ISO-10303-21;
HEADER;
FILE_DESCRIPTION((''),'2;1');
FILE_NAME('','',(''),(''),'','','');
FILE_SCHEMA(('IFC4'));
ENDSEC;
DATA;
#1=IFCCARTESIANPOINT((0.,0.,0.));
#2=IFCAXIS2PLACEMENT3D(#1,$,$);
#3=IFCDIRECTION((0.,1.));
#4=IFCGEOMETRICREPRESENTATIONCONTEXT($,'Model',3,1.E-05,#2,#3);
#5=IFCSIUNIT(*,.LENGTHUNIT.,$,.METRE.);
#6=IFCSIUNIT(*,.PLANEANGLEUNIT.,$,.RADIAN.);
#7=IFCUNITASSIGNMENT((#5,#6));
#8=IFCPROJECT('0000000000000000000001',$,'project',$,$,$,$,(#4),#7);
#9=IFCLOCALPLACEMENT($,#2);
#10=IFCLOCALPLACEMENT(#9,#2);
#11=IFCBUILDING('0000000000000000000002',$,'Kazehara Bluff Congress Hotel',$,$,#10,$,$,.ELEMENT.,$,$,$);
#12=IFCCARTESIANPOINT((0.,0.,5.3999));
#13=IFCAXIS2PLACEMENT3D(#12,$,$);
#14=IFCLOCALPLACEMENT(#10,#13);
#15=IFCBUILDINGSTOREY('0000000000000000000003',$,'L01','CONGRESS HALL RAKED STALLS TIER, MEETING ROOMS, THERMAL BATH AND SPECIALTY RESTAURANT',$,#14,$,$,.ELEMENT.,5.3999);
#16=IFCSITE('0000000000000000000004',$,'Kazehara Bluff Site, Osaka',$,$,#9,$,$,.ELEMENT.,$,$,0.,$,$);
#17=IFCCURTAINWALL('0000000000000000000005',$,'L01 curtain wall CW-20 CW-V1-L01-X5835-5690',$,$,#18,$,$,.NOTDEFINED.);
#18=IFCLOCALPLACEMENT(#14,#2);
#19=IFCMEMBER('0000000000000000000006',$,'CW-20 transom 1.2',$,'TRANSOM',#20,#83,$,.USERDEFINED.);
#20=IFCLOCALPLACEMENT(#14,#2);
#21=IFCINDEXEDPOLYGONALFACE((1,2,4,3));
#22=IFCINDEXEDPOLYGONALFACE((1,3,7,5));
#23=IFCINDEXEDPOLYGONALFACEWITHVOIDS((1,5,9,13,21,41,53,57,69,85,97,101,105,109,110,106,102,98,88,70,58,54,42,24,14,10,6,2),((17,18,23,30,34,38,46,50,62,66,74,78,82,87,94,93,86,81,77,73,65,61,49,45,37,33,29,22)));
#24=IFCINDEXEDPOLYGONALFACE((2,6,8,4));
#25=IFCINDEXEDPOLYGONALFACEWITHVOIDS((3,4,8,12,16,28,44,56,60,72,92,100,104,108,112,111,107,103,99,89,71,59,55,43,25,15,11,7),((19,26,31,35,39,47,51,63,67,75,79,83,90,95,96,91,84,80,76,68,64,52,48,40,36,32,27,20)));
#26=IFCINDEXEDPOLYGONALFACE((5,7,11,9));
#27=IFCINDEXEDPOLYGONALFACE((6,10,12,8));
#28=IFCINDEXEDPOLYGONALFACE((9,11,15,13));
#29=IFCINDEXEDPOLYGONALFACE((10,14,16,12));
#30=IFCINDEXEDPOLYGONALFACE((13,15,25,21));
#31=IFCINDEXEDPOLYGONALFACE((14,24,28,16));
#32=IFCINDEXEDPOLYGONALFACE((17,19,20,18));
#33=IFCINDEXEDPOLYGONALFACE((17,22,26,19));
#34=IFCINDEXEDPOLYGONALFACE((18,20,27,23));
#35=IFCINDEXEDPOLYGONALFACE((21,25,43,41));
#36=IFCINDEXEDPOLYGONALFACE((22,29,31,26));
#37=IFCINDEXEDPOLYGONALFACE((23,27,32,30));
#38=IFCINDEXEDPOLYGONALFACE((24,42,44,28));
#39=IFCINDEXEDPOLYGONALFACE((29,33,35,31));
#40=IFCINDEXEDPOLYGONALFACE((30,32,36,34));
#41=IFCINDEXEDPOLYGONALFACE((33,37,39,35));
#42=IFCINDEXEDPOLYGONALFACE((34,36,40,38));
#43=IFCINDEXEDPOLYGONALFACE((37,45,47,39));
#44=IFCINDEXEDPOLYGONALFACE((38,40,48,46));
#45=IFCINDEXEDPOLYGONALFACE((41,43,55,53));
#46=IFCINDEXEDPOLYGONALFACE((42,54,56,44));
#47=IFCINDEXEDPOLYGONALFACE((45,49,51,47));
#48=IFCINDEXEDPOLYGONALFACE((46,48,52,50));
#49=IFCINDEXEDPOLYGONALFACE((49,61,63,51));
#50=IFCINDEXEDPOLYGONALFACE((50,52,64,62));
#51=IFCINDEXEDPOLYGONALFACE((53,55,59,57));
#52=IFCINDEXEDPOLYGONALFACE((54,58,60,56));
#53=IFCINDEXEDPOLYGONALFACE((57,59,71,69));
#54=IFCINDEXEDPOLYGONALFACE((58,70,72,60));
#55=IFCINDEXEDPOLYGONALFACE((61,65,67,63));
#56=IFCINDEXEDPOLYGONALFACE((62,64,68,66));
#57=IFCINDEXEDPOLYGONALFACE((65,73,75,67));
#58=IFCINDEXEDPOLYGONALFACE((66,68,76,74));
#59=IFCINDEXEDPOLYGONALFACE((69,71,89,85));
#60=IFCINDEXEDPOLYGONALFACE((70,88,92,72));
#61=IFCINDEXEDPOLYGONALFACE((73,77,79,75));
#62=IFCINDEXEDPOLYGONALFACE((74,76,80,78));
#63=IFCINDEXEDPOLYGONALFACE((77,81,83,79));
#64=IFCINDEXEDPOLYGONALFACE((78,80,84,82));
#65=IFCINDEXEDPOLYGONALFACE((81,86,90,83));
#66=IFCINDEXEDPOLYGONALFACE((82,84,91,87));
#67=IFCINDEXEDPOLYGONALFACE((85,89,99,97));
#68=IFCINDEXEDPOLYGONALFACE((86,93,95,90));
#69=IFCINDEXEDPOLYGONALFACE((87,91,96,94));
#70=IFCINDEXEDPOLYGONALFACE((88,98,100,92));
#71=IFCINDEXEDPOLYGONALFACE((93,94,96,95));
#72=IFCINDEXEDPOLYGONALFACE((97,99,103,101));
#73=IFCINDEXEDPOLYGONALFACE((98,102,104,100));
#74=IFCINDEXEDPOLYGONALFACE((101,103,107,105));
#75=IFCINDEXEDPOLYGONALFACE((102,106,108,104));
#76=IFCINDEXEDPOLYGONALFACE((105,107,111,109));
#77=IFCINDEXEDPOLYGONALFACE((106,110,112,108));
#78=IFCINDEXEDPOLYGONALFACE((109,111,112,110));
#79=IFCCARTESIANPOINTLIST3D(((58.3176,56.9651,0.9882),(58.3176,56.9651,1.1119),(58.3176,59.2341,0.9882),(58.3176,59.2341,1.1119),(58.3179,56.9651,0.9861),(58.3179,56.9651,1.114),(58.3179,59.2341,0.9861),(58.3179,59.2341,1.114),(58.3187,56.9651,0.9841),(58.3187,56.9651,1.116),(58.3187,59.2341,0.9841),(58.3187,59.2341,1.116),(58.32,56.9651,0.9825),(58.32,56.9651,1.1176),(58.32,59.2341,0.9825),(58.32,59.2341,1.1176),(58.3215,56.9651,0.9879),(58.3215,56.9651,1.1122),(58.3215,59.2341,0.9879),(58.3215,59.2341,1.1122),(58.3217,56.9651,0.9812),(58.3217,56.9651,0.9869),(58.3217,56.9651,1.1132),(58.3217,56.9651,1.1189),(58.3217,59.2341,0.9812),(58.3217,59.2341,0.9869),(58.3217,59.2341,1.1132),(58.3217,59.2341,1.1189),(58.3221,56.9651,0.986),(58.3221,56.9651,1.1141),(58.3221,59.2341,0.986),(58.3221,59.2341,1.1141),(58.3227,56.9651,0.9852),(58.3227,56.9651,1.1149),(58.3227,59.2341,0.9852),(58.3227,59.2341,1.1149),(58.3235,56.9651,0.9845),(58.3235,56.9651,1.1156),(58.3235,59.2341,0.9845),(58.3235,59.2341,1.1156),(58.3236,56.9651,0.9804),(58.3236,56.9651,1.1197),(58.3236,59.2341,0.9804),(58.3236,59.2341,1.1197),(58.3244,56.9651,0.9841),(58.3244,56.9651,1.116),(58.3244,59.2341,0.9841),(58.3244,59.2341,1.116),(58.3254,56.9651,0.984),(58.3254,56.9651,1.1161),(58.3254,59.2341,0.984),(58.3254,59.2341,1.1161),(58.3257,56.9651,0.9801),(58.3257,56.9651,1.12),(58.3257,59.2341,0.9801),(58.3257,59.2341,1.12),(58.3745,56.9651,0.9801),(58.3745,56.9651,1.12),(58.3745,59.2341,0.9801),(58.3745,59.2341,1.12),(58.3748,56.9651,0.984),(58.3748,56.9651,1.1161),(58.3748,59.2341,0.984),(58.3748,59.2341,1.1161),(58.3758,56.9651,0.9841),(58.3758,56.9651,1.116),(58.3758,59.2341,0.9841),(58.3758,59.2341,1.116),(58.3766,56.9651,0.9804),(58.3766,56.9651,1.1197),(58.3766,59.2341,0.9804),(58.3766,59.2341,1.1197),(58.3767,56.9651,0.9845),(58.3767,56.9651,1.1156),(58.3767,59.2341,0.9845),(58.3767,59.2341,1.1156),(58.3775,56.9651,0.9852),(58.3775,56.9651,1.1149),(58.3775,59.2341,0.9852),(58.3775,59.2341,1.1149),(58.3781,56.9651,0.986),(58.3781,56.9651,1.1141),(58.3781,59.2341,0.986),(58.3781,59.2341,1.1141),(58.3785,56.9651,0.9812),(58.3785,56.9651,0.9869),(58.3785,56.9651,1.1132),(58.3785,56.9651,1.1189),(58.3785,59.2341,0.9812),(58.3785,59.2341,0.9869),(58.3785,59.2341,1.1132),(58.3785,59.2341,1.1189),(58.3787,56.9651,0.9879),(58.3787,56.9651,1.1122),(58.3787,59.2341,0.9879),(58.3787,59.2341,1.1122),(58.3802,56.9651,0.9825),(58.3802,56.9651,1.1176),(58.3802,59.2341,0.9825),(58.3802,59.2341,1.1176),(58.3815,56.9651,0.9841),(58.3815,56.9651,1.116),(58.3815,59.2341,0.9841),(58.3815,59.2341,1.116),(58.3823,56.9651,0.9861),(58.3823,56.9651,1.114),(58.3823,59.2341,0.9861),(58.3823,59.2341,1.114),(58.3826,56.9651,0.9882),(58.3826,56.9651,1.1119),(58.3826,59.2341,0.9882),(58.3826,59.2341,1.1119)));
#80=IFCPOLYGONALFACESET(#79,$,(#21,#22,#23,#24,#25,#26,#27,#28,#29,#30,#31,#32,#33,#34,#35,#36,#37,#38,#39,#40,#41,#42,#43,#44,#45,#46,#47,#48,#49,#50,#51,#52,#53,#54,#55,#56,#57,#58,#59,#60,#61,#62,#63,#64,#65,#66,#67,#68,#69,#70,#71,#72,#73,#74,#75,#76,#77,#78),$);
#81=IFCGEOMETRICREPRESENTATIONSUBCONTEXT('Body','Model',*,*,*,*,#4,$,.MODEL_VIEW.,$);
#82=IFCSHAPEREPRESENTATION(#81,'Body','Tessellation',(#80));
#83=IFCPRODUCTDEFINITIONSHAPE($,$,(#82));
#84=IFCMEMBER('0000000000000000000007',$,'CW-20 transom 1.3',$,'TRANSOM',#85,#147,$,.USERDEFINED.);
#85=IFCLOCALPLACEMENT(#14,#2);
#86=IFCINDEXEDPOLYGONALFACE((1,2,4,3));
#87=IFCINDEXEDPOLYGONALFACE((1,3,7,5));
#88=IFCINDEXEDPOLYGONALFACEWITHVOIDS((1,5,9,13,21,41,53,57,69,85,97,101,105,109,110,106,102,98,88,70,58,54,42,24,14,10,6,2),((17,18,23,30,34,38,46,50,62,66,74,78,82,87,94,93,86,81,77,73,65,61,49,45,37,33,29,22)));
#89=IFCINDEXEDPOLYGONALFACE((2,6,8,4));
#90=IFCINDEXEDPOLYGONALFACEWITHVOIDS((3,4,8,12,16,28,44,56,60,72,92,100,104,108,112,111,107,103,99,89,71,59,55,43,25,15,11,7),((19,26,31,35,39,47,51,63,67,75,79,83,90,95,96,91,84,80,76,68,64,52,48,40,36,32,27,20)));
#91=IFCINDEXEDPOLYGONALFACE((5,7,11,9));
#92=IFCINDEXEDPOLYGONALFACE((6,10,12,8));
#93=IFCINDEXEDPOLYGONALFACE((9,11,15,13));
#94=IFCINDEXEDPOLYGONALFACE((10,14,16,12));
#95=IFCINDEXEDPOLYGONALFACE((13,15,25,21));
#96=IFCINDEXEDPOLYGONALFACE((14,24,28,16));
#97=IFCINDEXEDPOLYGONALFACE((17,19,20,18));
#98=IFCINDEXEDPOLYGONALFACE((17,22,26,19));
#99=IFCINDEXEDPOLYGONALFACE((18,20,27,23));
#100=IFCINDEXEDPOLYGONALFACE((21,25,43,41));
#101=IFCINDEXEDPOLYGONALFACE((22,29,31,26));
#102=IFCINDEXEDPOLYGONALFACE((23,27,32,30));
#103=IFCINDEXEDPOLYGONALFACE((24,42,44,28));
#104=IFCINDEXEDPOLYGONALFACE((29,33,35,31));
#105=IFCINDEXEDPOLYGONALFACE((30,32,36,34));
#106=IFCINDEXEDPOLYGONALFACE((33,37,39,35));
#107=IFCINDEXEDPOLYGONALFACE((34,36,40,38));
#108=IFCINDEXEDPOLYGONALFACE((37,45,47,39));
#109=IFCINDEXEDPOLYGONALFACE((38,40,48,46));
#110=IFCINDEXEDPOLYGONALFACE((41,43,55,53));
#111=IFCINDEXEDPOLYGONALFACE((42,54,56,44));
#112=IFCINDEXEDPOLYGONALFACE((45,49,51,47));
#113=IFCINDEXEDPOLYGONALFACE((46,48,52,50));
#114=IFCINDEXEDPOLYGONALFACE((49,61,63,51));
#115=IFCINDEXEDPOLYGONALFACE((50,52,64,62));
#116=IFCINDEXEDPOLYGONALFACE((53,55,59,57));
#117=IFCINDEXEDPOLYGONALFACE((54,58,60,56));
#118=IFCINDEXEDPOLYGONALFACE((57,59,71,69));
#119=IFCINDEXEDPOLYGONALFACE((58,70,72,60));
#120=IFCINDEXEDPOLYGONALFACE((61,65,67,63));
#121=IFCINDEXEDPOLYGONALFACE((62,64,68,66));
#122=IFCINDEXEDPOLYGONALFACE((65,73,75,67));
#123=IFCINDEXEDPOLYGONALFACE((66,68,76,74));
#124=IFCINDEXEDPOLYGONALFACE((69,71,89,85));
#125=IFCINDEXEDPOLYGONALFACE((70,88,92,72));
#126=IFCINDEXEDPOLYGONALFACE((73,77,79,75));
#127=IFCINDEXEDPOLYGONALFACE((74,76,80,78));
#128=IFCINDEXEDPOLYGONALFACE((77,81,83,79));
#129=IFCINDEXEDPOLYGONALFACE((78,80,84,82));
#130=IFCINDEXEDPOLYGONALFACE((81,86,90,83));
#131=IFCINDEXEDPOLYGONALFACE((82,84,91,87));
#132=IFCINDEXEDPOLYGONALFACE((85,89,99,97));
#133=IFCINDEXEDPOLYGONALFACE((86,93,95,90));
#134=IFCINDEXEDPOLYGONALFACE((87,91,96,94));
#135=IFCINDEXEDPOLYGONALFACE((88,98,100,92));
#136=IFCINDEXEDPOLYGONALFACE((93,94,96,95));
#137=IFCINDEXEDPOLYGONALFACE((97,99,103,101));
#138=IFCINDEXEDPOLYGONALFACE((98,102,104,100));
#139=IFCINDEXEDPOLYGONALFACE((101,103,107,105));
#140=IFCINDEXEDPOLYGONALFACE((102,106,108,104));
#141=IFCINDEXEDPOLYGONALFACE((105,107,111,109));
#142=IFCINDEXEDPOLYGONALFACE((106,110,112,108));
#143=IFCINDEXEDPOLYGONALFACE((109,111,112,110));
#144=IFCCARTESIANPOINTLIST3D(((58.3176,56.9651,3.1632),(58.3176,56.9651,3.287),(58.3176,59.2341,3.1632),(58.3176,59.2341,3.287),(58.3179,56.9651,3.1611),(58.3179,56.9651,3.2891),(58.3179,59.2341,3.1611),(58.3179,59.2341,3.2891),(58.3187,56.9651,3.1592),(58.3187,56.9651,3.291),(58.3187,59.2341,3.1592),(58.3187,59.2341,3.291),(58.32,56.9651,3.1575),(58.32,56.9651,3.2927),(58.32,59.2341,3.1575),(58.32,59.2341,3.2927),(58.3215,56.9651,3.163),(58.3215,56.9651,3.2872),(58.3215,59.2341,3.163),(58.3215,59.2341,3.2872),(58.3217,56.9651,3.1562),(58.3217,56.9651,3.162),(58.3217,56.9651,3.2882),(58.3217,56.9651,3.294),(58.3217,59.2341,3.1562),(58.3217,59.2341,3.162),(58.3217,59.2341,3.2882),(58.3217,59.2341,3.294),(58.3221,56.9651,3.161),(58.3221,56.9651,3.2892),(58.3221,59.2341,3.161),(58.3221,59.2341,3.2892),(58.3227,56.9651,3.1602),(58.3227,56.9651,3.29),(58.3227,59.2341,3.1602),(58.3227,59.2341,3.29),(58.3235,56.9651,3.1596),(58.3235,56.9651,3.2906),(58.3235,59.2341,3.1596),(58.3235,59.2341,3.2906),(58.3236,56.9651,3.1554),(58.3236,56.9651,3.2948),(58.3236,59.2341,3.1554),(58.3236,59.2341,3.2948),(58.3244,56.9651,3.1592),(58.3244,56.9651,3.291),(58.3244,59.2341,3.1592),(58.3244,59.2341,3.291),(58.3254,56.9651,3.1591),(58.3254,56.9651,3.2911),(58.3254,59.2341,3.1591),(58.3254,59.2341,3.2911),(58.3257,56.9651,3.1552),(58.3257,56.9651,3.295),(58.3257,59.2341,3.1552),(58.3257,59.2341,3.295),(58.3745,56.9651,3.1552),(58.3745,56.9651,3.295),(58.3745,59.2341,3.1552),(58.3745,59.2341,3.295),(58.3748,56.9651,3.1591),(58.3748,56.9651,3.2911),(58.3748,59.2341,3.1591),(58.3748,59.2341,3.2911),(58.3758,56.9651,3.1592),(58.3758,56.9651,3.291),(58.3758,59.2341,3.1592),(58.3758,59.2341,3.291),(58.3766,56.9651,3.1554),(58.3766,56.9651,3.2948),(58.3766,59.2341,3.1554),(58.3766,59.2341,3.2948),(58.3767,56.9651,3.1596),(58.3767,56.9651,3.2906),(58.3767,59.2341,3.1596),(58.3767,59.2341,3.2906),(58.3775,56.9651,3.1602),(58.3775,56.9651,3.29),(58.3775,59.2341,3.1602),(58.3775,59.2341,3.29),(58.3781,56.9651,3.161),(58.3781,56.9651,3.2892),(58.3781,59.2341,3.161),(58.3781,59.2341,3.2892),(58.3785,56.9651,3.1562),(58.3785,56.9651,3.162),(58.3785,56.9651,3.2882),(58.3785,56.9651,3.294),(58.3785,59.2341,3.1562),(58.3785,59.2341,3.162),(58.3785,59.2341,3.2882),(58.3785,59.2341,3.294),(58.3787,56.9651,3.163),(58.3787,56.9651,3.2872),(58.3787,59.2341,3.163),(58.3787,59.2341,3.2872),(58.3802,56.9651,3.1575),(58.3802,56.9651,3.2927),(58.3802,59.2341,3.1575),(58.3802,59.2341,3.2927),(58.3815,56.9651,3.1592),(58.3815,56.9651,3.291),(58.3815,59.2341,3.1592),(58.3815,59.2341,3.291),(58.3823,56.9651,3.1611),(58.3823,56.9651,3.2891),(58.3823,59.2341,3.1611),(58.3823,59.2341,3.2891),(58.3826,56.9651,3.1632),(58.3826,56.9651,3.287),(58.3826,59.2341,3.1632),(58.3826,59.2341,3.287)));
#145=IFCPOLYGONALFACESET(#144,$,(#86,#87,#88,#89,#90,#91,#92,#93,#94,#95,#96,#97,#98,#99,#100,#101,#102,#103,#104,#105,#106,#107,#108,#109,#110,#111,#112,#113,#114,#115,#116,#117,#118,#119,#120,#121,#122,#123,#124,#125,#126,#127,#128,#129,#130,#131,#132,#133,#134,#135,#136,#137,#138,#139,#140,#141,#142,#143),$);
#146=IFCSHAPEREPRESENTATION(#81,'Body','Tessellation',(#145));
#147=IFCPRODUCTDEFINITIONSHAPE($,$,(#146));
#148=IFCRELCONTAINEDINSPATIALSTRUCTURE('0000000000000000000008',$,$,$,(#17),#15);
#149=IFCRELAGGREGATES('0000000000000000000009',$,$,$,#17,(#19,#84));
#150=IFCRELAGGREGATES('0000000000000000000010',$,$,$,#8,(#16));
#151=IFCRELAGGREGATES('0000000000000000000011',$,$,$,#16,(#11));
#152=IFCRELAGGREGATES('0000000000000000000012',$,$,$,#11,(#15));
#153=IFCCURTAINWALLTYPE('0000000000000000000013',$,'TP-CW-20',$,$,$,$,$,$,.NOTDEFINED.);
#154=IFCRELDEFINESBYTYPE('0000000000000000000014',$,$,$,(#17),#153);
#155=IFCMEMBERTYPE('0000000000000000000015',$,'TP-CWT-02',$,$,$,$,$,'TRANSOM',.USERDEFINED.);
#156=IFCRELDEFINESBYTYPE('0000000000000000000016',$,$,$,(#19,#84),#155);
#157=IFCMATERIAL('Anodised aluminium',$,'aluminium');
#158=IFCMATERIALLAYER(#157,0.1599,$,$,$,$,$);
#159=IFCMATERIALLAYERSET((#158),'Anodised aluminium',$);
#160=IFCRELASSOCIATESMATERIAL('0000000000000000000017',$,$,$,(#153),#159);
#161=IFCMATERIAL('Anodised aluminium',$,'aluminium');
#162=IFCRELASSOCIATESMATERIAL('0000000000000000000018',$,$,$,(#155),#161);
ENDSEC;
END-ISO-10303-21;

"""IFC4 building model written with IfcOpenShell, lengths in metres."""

from ifc_helpers import new_model, si_unit, direction, frame, origin, origin_2d, place, context, subcontext, project, spatial, hollow_rectangle, extrude, material, layer, layer_set, material_profile, profile_set, type_object, element, aggregate, save


model = new_model("IFC4")

# Units and contexts
model_context = context("Model", 3, precision=1e-05, world=origin(), true_north=direction((0.0, 1.0)))
body_context = subcontext(model_context, "Body", "Model", "MODEL_VIEW")
ifc_project = project(units=[si_unit("LENGTHUNIT", "METRE"), si_unit("PLANEANGLEUNIT", "RADIAN")], contexts=[model_context])

# Site, building, storey
site_placement = place(None, origin())
site = spatial("IfcSite", under=ifc_project, at=site_placement, Name="Kazehara Bluff Site, Osaka", CompositionType="ELEMENT", RefElevation=0.0)
building_placement = place(site_placement, origin())
building = spatial("IfcBuilding", under=site, at=building_placement, Name="Kazehara Bluff Congress Hotel", CompositionType="ELEMENT")
storey_placement = place(building_placement, frame((0.0, 0.0, 5.3999)))
storey = spatial("IfcBuildingStorey", under=building, at=storey_placement, Name="L01", Description="CONGRESS HALL RAKED STALLS TIER, MEETING ROOMS, THERMAL BATH AND SPECIALTY RESTAURANT", CompositionType="ELEMENT", Elevation=5.3999)

# Curtain wall
ifc_material_1 = material(Name="Anodised aluminium", Category="aluminium")
ifc_layer_1 = layer(ifc_material_1, 0.1599)
ifc_layer_set_1 = layer_set([ifc_layer_1], Name="Anodised aluminium")
curtain_wall_type_1 = type_object("IfcCurtainWallType", Name="TP-CW-20", PredefinedType="NOTDEFINED", material=ifc_layer_set_1)
curtain_wall_1_placement = place(storey_placement, origin())
curtain_wall_1 = element("IfcCurtainWall", 1, at=curtain_wall_1_placement, inside=storey, type_object=curtain_wall_type_1, Name="L01 curtain wall CW-20 CW-V1-L01-X5835-5690", PredefinedType="NOTDEFINED")

# Members
ifc_material_2 = material(Name="Anodised aluminium", Category="aluminium")
ifc_material_profile_1 = material_profile(ifc_material_2, hollow_rectangle(XDim=0.0649, YDim=0.1399, WallThickness=0.0039, InnerFilletRadius=0.0039, OuterFilletRadius=0.0081, at=origin_2d()))
ifc_profile_set_1 = profile_set([ifc_material_profile_1], Name="Anodised aluminium")
member_type_1 = type_object("IfcMemberType", Name="TP-CWT-02", ElementType="TRANSOM", PredefinedType="USERDEFINED", material=ifc_profile_set_1)
member_1_placement = place(storey_placement, frame((58.3501, 56.9651, 1.05), z_axis=(0.0, 1.0, 0.0), x_axis=(-1.0, 0.0, 0.0)))
member_1 = element("IfcMember", 2, at=member_1_placement, type_object=member_type_1, Name="CW-20 transom 1.2", ObjectType="TRANSOM", PredefinedType="USERDEFINED", context=body_context, shape_type="SweptSolid", body=[
    extrude(hollow_rectangle(XDim=0.0649, YDim=0.1399, WallThickness=0.0039, InnerFilletRadius=0.0039, OuterFilletRadius=0.0081, at=origin_2d()), origin(), (0.0, 0.0, 1.0), 2.269),
])
member_2_placement = place(storey_placement, frame((58.3501, 56.9651, 3.2251), z_axis=(0.0, 1.0, 0.0), x_axis=(-1.0, 0.0, 0.0)))
member_2 = element("IfcMember", 3, at=member_2_placement, type_object=member_type_1, Name="CW-20 transom 1.3", ObjectType="TRANSOM", PredefinedType="USERDEFINED", context=body_context, shape_type="SweptSolid", body=[
    extrude(hollow_rectangle(XDim=0.0649, YDim=0.1399, WallThickness=0.0039, InnerFilletRadius=0.0039, OuterFilletRadius=0.0081, at=origin_2d()), origin(), (0.0, 0.0, 1.0), 2.269),
])
aggregate(curtain_wall_1, [member_1, member_2])

save(model, "model.ifc")
